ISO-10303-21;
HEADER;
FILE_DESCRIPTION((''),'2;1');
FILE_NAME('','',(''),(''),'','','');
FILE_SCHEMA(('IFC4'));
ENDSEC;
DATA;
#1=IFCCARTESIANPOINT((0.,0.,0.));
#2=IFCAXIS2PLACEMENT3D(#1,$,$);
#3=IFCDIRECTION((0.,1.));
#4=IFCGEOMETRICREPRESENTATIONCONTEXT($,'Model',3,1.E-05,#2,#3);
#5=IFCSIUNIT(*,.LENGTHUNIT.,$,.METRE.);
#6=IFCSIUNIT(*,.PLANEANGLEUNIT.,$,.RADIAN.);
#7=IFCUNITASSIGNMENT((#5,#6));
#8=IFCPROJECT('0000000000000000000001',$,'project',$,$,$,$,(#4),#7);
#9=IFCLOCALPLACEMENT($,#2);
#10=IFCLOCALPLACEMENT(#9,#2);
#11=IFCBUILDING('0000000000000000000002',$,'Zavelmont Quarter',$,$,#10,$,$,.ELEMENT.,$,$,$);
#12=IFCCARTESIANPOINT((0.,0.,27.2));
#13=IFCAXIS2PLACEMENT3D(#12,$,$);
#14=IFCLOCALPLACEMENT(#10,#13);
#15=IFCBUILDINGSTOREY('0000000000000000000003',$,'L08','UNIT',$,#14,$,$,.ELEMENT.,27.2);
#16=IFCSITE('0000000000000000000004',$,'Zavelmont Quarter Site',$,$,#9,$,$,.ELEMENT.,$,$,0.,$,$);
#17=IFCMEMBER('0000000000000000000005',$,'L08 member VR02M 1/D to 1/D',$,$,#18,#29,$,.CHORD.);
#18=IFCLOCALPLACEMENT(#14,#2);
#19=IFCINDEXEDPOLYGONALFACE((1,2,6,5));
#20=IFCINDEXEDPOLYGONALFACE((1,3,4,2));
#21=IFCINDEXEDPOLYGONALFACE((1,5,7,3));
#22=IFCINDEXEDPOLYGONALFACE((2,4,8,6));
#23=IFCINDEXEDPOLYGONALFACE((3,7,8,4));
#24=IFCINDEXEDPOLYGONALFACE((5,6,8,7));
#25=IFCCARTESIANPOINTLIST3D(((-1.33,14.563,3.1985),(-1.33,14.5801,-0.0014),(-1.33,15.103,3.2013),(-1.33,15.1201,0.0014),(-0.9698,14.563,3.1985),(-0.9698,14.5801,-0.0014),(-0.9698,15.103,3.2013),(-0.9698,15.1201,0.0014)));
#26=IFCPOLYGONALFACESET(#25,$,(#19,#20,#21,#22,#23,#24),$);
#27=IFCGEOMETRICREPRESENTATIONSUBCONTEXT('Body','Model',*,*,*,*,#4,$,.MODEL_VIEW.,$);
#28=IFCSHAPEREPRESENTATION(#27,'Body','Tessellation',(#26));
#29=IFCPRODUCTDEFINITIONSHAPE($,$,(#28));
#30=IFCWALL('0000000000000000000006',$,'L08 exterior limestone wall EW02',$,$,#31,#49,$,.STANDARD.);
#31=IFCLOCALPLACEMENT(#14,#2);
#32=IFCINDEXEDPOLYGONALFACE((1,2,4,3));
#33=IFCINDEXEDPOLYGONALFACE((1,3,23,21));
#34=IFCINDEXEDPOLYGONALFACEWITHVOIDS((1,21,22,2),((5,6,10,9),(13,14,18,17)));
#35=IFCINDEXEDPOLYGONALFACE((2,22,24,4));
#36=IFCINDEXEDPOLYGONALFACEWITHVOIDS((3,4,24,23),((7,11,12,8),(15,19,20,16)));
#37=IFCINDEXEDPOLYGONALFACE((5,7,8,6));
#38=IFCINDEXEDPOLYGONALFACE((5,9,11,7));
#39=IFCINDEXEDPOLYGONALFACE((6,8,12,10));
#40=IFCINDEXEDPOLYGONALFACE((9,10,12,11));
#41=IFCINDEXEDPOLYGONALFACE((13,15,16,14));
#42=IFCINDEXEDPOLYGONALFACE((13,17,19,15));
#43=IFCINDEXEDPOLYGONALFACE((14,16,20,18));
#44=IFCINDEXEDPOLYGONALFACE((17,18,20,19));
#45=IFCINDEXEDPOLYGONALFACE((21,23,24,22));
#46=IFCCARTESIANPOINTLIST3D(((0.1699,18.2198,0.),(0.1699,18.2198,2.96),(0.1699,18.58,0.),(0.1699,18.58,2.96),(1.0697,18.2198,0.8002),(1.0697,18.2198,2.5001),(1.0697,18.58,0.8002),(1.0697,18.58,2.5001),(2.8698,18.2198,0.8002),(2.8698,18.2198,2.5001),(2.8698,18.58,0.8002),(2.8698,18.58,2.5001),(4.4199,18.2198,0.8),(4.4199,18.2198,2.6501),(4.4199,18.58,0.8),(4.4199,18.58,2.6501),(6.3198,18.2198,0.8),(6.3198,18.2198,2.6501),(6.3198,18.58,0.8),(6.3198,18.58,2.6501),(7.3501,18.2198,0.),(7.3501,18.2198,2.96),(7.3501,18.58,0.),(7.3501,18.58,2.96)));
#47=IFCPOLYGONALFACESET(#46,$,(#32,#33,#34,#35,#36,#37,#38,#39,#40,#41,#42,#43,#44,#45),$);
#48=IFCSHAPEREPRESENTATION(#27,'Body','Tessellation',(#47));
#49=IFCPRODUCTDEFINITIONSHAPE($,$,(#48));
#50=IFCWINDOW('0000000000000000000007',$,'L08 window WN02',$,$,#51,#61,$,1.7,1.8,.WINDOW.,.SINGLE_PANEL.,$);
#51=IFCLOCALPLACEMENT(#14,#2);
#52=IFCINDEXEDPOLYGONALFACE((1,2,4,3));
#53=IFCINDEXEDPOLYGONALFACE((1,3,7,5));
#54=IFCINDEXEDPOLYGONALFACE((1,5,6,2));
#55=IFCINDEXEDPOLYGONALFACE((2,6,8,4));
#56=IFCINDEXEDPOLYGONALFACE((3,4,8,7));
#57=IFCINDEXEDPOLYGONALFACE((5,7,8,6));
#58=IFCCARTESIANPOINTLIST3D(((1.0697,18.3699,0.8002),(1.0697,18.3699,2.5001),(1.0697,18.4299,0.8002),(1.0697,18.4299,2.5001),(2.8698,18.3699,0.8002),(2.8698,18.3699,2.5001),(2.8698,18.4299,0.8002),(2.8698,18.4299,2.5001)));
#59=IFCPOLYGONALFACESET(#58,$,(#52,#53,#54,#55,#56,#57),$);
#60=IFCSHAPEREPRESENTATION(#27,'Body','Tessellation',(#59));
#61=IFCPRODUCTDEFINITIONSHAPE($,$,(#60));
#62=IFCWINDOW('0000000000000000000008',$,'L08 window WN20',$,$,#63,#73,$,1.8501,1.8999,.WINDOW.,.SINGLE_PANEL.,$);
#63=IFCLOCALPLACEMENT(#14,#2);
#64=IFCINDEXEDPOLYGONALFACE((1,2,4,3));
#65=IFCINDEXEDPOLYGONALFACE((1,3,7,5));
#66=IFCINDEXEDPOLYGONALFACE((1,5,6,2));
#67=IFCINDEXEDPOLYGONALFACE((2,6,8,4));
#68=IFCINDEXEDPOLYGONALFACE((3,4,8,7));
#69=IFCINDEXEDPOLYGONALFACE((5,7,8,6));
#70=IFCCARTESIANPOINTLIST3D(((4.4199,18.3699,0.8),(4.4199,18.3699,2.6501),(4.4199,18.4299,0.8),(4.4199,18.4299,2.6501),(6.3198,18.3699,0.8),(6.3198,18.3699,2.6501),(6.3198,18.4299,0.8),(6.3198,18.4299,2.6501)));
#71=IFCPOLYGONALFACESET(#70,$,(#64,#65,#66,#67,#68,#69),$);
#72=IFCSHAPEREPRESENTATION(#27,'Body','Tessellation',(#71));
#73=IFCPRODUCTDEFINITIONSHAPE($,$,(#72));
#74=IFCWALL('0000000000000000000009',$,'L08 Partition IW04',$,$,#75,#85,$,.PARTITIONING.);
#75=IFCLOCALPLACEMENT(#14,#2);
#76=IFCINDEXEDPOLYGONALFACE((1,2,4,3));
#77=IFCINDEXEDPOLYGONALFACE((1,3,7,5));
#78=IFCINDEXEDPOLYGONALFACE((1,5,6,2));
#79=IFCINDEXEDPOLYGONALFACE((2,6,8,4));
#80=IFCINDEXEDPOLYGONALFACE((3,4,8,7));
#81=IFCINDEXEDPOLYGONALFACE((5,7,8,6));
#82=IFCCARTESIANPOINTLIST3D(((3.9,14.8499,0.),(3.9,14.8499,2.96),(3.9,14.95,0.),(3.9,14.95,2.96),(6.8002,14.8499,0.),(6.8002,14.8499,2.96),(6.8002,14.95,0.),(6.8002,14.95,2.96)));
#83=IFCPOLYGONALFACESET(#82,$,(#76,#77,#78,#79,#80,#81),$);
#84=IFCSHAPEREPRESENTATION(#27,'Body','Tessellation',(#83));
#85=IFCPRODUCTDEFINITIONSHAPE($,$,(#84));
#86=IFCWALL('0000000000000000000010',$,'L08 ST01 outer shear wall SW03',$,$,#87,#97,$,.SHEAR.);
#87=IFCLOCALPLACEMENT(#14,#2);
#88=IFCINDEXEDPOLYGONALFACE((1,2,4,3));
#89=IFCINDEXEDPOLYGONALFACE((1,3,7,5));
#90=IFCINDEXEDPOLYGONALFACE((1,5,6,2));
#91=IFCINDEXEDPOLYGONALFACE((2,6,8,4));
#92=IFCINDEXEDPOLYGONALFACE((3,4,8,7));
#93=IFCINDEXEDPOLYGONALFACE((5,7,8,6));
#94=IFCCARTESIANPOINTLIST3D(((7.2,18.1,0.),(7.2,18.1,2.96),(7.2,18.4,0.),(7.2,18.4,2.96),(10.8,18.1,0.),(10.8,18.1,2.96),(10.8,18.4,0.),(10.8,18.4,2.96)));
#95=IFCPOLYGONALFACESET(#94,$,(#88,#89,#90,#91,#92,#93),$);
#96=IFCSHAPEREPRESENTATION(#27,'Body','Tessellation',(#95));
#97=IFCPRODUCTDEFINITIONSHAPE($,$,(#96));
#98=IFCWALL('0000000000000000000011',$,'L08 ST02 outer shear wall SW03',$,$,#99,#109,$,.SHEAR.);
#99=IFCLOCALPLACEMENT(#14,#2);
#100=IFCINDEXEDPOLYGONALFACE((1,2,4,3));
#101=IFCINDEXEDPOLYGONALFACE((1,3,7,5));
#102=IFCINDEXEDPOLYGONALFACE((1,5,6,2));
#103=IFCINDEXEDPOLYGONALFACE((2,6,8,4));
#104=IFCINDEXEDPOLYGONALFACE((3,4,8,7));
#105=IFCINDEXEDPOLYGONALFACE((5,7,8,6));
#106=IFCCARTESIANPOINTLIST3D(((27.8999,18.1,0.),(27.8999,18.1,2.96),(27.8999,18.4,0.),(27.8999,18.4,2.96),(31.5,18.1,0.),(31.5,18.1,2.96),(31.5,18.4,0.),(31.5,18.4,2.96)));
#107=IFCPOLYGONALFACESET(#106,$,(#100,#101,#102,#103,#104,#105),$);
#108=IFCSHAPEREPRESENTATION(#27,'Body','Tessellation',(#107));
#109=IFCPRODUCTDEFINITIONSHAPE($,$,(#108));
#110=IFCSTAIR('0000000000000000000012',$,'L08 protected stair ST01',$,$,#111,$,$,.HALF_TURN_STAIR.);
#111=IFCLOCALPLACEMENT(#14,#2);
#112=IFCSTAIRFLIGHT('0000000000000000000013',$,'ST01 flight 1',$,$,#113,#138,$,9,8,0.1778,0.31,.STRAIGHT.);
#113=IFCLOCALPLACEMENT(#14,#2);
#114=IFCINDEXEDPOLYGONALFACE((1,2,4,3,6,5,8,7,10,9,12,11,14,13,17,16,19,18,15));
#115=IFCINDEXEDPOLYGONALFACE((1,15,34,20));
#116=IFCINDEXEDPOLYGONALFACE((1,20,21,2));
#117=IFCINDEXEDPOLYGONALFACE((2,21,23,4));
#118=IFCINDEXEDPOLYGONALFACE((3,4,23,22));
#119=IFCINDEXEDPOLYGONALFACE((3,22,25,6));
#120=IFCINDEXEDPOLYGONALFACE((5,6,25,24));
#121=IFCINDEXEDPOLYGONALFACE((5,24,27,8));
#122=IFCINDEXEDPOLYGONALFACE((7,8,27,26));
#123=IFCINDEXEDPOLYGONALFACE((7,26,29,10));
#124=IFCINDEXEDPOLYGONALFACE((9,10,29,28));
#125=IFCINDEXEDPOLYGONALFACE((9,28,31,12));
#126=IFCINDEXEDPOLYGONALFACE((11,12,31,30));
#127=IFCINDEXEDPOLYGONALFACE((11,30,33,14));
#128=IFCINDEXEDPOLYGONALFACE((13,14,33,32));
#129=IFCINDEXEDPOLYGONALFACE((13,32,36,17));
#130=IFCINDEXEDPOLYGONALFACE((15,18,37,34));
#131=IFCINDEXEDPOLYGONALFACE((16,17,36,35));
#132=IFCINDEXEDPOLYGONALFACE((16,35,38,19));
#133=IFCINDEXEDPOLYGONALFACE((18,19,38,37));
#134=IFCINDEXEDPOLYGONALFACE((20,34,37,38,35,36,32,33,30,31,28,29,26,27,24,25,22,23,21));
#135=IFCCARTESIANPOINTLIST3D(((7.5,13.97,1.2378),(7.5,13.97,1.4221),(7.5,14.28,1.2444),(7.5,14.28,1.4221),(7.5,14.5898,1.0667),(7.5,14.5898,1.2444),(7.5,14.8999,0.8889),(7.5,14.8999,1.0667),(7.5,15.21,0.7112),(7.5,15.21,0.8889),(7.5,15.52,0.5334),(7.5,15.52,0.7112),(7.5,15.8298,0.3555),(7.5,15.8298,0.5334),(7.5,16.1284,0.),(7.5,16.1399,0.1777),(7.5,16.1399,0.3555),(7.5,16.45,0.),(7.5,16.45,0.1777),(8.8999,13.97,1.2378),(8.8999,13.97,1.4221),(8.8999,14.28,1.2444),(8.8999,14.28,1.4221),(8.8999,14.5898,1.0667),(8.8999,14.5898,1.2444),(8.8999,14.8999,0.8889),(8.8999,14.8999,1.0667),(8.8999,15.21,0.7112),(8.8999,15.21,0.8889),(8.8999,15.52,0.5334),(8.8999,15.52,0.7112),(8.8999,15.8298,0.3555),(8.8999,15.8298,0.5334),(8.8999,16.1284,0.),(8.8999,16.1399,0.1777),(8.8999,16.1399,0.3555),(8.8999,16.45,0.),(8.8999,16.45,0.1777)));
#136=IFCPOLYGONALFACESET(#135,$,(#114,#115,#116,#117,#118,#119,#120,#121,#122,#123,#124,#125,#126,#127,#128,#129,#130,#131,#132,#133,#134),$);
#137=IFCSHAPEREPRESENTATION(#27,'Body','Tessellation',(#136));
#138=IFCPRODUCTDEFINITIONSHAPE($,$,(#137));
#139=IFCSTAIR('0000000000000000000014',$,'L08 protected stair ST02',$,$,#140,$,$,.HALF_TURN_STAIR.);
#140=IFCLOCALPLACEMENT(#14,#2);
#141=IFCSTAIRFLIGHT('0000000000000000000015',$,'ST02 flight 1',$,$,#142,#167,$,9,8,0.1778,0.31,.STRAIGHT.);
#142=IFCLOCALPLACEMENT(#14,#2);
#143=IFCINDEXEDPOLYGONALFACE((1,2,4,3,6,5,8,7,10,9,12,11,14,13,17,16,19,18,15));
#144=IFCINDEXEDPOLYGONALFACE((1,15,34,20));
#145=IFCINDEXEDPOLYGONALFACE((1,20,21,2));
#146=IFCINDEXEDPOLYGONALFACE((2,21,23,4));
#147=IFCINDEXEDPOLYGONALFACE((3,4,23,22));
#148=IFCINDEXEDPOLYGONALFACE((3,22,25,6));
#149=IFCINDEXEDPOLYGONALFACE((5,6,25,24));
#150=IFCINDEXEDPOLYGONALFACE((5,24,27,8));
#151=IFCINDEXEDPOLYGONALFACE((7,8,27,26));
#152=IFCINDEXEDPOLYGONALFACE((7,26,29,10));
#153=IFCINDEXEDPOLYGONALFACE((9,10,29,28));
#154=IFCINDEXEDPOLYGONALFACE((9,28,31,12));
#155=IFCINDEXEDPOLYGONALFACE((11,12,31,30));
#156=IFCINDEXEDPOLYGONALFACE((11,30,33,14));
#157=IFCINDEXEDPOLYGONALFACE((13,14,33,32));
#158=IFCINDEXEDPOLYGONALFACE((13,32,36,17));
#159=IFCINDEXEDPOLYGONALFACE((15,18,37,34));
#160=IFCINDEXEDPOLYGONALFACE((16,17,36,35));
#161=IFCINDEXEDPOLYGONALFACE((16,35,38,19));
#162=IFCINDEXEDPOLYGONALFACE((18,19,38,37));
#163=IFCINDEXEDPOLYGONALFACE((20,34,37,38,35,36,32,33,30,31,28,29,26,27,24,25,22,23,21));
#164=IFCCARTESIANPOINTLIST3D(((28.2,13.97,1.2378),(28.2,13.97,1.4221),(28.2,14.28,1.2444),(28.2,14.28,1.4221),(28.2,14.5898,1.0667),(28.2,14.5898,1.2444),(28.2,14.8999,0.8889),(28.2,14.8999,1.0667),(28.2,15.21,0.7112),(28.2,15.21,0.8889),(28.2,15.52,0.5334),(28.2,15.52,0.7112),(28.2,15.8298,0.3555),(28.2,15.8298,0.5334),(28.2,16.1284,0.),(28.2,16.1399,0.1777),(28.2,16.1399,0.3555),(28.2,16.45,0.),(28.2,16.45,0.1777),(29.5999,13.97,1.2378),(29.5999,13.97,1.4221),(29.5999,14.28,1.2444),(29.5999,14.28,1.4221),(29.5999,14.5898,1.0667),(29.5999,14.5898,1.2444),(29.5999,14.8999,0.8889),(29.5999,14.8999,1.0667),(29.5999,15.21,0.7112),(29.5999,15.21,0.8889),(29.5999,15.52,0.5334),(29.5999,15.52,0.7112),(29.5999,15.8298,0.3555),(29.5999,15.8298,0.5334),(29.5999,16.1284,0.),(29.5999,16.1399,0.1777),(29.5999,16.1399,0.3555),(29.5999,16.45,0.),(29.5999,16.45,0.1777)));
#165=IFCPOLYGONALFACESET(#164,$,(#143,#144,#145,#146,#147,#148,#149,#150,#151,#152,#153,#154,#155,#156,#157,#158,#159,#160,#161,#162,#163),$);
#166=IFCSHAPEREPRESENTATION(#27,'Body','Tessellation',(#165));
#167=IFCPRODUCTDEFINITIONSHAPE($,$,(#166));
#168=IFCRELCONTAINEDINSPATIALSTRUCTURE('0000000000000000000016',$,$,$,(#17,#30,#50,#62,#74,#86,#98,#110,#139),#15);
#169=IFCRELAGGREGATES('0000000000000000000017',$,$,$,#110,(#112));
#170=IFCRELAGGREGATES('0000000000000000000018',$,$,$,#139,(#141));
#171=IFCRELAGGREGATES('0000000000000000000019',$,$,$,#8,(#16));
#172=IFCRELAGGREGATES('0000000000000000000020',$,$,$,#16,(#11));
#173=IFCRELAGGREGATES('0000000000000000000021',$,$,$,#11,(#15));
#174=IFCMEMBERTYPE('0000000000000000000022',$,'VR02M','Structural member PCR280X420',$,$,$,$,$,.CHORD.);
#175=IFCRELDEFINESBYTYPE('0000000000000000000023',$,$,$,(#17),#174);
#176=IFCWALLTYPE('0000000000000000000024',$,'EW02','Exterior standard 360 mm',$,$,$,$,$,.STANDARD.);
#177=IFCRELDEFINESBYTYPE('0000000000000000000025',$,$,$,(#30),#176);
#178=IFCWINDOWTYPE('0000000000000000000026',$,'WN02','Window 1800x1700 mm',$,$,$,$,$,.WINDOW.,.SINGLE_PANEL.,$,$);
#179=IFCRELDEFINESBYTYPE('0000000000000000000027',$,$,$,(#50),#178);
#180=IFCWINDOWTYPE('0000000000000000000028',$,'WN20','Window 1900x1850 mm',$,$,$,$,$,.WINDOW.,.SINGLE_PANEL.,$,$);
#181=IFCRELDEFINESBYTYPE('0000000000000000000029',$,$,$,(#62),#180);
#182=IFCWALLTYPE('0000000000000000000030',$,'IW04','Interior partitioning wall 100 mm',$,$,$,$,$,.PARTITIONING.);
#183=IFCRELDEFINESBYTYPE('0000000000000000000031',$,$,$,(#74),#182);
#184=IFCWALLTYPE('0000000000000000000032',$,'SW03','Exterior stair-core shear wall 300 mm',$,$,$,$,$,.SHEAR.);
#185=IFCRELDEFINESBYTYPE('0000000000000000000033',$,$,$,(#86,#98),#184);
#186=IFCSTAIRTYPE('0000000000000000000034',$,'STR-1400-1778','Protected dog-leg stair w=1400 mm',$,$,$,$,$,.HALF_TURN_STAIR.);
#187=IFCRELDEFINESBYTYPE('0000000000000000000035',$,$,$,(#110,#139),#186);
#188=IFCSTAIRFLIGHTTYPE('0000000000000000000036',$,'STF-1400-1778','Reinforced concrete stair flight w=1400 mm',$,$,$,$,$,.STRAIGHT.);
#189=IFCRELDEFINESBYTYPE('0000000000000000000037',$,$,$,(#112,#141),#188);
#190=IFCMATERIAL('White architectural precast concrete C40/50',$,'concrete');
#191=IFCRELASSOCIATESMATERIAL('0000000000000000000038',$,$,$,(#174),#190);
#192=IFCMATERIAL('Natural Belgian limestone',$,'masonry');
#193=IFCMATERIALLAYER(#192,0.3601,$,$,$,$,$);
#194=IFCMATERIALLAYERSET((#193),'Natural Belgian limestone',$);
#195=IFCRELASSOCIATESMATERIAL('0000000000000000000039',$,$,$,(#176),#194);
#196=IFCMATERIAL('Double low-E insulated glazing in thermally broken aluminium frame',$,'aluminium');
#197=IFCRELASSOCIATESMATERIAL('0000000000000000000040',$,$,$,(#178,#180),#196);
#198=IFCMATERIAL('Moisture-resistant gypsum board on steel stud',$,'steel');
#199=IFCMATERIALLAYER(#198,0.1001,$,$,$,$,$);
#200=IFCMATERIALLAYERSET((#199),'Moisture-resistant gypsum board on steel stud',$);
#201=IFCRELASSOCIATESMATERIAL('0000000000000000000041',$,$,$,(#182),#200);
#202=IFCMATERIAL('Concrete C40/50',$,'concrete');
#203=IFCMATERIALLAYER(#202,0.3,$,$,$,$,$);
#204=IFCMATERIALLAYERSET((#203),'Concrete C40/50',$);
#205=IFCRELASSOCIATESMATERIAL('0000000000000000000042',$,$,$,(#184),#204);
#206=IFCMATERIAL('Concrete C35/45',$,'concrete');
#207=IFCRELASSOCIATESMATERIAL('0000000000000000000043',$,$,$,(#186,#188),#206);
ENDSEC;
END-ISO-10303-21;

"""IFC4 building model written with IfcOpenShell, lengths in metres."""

from ifc_helpers import new_model, si_unit, direction, frame, frame_2d, origin, origin_with_axes, origin_2d, place, context, subcontext, project, spatial, polyline, rectangle, outline, extrude, material, layer, layer_set, material_profile, profile_set, type_object, element, fill, aggregate, save


model = new_model("IFC4")

# Units and contexts
model_context = context("Model", 3, precision=1e-05, world=origin(), true_north=direction((0.0, 1.0)))
body_context = subcontext(model_context, "Body", "Model", "MODEL_VIEW")
ifc_project = project(units=[si_unit("LENGTHUNIT", "METRE"), si_unit("PLANEANGLEUNIT", "RADIAN")], contexts=[model_context])

# Site, building, storey
site_placement = place(None, origin())
site = spatial("IfcSite", under=ifc_project, at=site_placement, Name="Zavelmont Quarter Site", CompositionType="ELEMENT", RefElevation=0.0)
building_placement = place(site_placement, origin())
building = spatial("IfcBuilding", under=site, at=building_placement, Name="Zavelmont Quarter", CompositionType="ELEMENT")
storey_placement = place(building_placement, frame((0.0, 0.0, 27.2)))
storey = spatial("IfcBuildingStorey", under=building, at=storey_placement, Name="L08", Description="UNIT", CompositionType="ELEMENT", Elevation=27.2)

# Shared definitions
ifc_material_1 = material(Name="Concrete C35/45", Category="concrete")

# Shared definitions
ifc_material_2 = material(Name="Concrete C40/50", Category="concrete")

# Member
ifc_material_3 = material(Name="White architectural precast concrete C40/50", Category="concrete")
ifc_material_profile_1 = material_profile(ifc_material_3, rectangle(XDim=0.3601, YDim=0.54, at=origin_2d()), Name="PCR280X420")
ifc_profile_set_1 = profile_set([ifc_material_profile_1], Name="White architectural precast concrete C40/50")
member_type = type_object("IfcMemberType", Name="VR02M", Description="Structural member PCR280X420", PredefinedType="CHORD", material=ifc_profile_set_1)
member_placement = place(storey_placement, frame((-1.1499, 14.8501, 0.0), z_axis=(0.0, -0.005341, 0.999986), x_axis=(1.0, 0.0, 0.0)))
element("IfcMember", 1, at=member_placement, inside=storey, type_object=member_type, Name="L08 member VR02M 1/D to 1/D", PredefinedType="CHORD", context=body_context, shape_type="SweptSolid", body=[
    extrude(rectangle(XDim=0.3601, YDim=0.54, at=origin_2d()), origin(), (0.0, 0.0, 1.0), 3.2),
])

# Wall, openings, windows
ifc_material_4 = material(Name="Natural Belgian limestone", Category="masonry")
ifc_layer_1 = layer(ifc_material_4, 0.3601)
ifc_layer_set_1 = layer_set([ifc_layer_1], Name="Natural Belgian limestone")
wall_type_1 = type_object("IfcWallType", Name="EW02", Description="Exterior standard 360 mm", PredefinedType="STANDARD", material=ifc_layer_set_1)
wall_1_placement = place(storey_placement, frame((0.1699, 18.3999, 0.0), z_axis=(0.0, 0.0, 1.0), x_axis=(1.0, 0.0, 0.0)))
wall_1 = element("IfcWall", 2, at=wall_1_placement, inside=storey, type_object=wall_type_1, Name="L08 exterior limestone wall EW02", PredefinedType="STANDARD", context=body_context, shape_type="SweptSolid", body=[
    extrude(rectangle(XDim=7.1802, YDim=0.3601, at=frame_2d((3.5901, 0.0))), origin(), (0.0, 0.0, 1.0), 2.96),
])
opening_1_placement = place(wall_1_placement, frame((0.8999, 0.0, 0.8)))
opening_1 = element("IfcOpeningElement", 3, at=opening_1_placement, cuts=wall_1, PredefinedType="OPENING", context=body_context, shape_type="SweptSolid", body=[
    extrude(rectangle(XDim=1.8, YDim=1.7, at=frame_2d((0.8999, 0.8501))), frame((0.0, 0.1919, 0.0), z_axis=(0.0, -1.0, 0.0), x_axis=(1.0, 0.0, 0.0)), (0.0, 0.0, 1.0), 0.384),
])
opening_2_placement = place(wall_1_placement, frame((4.25, 0.0, 0.8)))
opening_2 = element("IfcOpeningElement", 4, at=opening_2_placement, cuts=wall_1, PredefinedType="OPENING", context=body_context, shape_type="SweptSolid", body=[
    extrude(rectangle(XDim=1.8999, YDim=1.8501, at=frame_2d((0.95, 0.925))), frame((0.0, 0.1919, 0.0), z_axis=(0.0, -1.0, 0.0), x_axis=(1.0, 0.0, 0.0)), (0.0, 0.0, 1.0), 0.384),
])
ifc_material_5 = material(Name="Double low-E insulated glazing in thermally broken aluminium frame", Category="aluminium")
window_type_1 = type_object("IfcWindowType", Name="WN02", Description="Window 1800x1700 mm", PartitioningType="SINGLE_PANEL", PredefinedType="WINDOW", material=ifc_material_5)
window_1_placement = place(opening_1_placement, origin_with_axes())
window_1 = element("IfcWindow", 5, at=window_1_placement, inside=storey, type_object=window_type_1, Name="L08 window WN02", OverallHeight=1.7, OverallWidth=1.8, PartitioningType="SINGLE_PANEL", PredefinedType="WINDOW", context=body_context, shape_type="SweptSolid", body=[
    extrude(rectangle(XDim=1.8, YDim=1.7, at=frame_2d((0.8999, 0.8501))), frame((0.0, 0.03, 0.0), z_axis=(0.0, -1.0, 0.0), x_axis=(1.0, 0.0, 0.0)), (0.0, 0.0, 1.0), 0.0601),
])
fill(opening_1, window_1)
window_type_2 = type_object("IfcWindowType", Name="WN20", Description="Window 1900x1850 mm", PartitioningType="SINGLE_PANEL", PredefinedType="WINDOW", material=ifc_material_5)
window_2_placement = place(opening_2_placement, origin_with_axes())
window_2 = element("IfcWindow", 6, at=window_2_placement, inside=storey, type_object=window_type_2, Name="L08 window WN20", OverallHeight=1.8501, OverallWidth=1.8999, PartitioningType="SINGLE_PANEL", PredefinedType="WINDOW", context=body_context, shape_type="SweptSolid", body=[
    extrude(rectangle(XDim=1.8999, YDim=1.8501, at=frame_2d((0.95, 0.925))), frame((0.0, 0.03, 0.0), z_axis=(0.0, -1.0, 0.0), x_axis=(1.0, 0.0, 0.0)), (0.0, 0.0, 1.0), 0.0601),
])
fill(opening_2, window_2)

# Walls
ifc_material_6 = material(Name="Moisture-resistant gypsum board on steel stud", Category="steel")
ifc_layer_2 = layer(ifc_material_6, 0.1001)
ifc_layer_set_2 = layer_set([ifc_layer_2], Name="Moisture-resistant gypsum board on steel stud")
wall_type_2 = type_object("IfcWallType", Name="IW04", Description="Interior partitioning wall 100 mm", PredefinedType="PARTITIONING", material=ifc_layer_set_2)
wall_2_placement = place(storey_placement, frame((3.8999, 14.8999, 0.0), z_axis=(0.0, 0.0, 1.0), x_axis=(1.0, 0.0, 0.0)))
element("IfcWall", 7, at=wall_2_placement, inside=storey, type_object=wall_type_2, Name="L08 Partition IW04", PredefinedType="PARTITIONING", context=body_context, shape_type="SweptSolid", body=[
    extrude(rectangle(XDim=2.9001, YDim=0.1001, at=frame_2d((1.4502, 0.0))), origin(), (0.0, 0.0, 1.0), 2.96),
])
ifc_layer_3 = layer(ifc_material_2, 0.3)
ifc_layer_set_3 = layer_set([ifc_layer_3], Name="Concrete C40/50")
wall_type_3 = type_object("IfcWallType", Name="SW03", Description="Exterior stair-core shear wall 300 mm", PredefinedType="SHEAR", material=ifc_layer_set_3)
for number, where, z_axis, x_axis, name in (
    (8, (7.2, 18.25, 0.0), (0.0, 0.0, 1.0), (1.0, 0.0, 0.0), "L08 ST01 outer shear wall SW03"),
    (9, (27.8999, 18.25, 0.0), (0.0, 0.0, 1.0), (1.0, 0.0, 0.0), "L08 ST02 outer shear wall SW03"),
):
    element("IfcWall", number, at=place(storey_placement, frame(where, z_axis=z_axis, x_axis=x_axis)), inside=storey, type_object=wall_type_3, Name=name, PredefinedType="SHEAR", context=body_context, shape_type="SweptSolid", body=[
        extrude(rectangle(XDim=3.6001, YDim=0.3, at=frame_2d((1.8, 0.0))), origin(), (0.0, 0.0, 1.0), 2.96),
    ])

# Stairs, stair flights
stair_type = type_object("IfcStairType", Name="STR-1400-1778", Description="Protected dog-leg stair w=1400 mm", PredefinedType="HALF_TURN_STAIR", material=ifc_material_1)
stair_1_placement = place(storey_placement, origin())
stair_1 = element("IfcStair", 10, at=stair_1_placement, inside=storey, type_object=stair_type, Name="L08 protected stair ST01", PredefinedType="HALF_TURN_STAIR")
stair_flight_type = type_object("IfcStairFlightType", Name="STF-1400-1778", Description="Reinforced concrete stair flight w=1400 mm", PredefinedType="STRAIGHT", material=ifc_material_1)
stair_flight_1_placement = place(storey_placement, frame((8.2, 16.45, 0.0), z_axis=(0.0, 0.0, 1.0), x_axis=(0.0, -1.0, 0.0)))
stair_flight_1 = element("IfcStairFlight", 11, at=stair_flight_1_placement, type_object=stair_flight_type, Name="ST01 flight 1", NumberOfRisers=9, NumberOfTreads=8, PredefinedType="STRAIGHT", RiserHeight=0.1778, TreadLength=0.31, context=body_context, shape_type="SweptSolid", body=[
    extrude(outline(polyline([(0.0, 0.0), (0.0, 0.1777), (0.3101, 0.1777), (0.3101, 0.3555), (0.6201, 0.3555), (0.6201, 0.5334), (0.9299, 0.5334), (0.9299, 0.7112), (1.24, 0.7112), (1.24, 0.8889), (1.55, 0.8889), (1.55, 1.0667), (1.8601, 1.0667), (1.8601, 1.2444), (2.1699, 1.2444), (2.1699, 1.4221), (2.48, 1.4221), (2.48, 1.6001), (2.48, 1.2378), (0.3215, 0.0), (0.0, 0.0)])), frame((0.0, 0.7, 0.0), z_axis=(0.0, -1.0, 0.0), x_axis=(1.0, 0.0, 0.0)), (0.0, 0.0, 1.0), 1.3999),
])
aggregate(stair_1, [stair_flight_1])
stair_2_placement = place(storey_placement, origin())
stair_2 = element("IfcStair", 12, at=stair_2_placement, inside=storey, type_object=stair_type, Name="L08 protected stair ST02", PredefinedType="HALF_TURN_STAIR")
stair_flight_2_placement = place(storey_placement, frame((28.8999, 16.45, 0.0), z_axis=(0.0, 0.0, 1.0), x_axis=(0.0, -1.0, 0.0)))
stair_flight_2 = element("IfcStairFlight", 13, at=stair_flight_2_placement, type_object=stair_flight_type, Name="ST02 flight 1", NumberOfRisers=9, NumberOfTreads=8, PredefinedType="STRAIGHT", RiserHeight=0.1778, TreadLength=0.31, context=body_context, shape_type="SweptSolid", body=[
    extrude(outline(polyline([(0.0, 0.0), (0.0, 0.1777), (0.3101, 0.1777), (0.3101, 0.3555), (0.6201, 0.3555), (0.6201, 0.5334), (0.9299, 0.5334), (0.9299, 0.7112), (1.24, 0.7112), (1.24, 0.8889), (1.55, 0.8889), (1.55, 1.0667), (1.8601, 1.0667), (1.8601, 1.2444), (2.1699, 1.2444), (2.1699, 1.4221), (2.48, 1.4221), (2.48, 1.6001), (2.48, 1.2378), (0.3215, 0.0), (0.0, 0.0)])), frame((0.0, 0.7, 0.0), z_axis=(0.0, -1.0, 0.0), x_axis=(1.0, 0.0, 0.0)), (0.0, 0.0, 1.0), 1.3999),
])
aggregate(stair_2, [stair_flight_2])

save(model, "model.ifc")
